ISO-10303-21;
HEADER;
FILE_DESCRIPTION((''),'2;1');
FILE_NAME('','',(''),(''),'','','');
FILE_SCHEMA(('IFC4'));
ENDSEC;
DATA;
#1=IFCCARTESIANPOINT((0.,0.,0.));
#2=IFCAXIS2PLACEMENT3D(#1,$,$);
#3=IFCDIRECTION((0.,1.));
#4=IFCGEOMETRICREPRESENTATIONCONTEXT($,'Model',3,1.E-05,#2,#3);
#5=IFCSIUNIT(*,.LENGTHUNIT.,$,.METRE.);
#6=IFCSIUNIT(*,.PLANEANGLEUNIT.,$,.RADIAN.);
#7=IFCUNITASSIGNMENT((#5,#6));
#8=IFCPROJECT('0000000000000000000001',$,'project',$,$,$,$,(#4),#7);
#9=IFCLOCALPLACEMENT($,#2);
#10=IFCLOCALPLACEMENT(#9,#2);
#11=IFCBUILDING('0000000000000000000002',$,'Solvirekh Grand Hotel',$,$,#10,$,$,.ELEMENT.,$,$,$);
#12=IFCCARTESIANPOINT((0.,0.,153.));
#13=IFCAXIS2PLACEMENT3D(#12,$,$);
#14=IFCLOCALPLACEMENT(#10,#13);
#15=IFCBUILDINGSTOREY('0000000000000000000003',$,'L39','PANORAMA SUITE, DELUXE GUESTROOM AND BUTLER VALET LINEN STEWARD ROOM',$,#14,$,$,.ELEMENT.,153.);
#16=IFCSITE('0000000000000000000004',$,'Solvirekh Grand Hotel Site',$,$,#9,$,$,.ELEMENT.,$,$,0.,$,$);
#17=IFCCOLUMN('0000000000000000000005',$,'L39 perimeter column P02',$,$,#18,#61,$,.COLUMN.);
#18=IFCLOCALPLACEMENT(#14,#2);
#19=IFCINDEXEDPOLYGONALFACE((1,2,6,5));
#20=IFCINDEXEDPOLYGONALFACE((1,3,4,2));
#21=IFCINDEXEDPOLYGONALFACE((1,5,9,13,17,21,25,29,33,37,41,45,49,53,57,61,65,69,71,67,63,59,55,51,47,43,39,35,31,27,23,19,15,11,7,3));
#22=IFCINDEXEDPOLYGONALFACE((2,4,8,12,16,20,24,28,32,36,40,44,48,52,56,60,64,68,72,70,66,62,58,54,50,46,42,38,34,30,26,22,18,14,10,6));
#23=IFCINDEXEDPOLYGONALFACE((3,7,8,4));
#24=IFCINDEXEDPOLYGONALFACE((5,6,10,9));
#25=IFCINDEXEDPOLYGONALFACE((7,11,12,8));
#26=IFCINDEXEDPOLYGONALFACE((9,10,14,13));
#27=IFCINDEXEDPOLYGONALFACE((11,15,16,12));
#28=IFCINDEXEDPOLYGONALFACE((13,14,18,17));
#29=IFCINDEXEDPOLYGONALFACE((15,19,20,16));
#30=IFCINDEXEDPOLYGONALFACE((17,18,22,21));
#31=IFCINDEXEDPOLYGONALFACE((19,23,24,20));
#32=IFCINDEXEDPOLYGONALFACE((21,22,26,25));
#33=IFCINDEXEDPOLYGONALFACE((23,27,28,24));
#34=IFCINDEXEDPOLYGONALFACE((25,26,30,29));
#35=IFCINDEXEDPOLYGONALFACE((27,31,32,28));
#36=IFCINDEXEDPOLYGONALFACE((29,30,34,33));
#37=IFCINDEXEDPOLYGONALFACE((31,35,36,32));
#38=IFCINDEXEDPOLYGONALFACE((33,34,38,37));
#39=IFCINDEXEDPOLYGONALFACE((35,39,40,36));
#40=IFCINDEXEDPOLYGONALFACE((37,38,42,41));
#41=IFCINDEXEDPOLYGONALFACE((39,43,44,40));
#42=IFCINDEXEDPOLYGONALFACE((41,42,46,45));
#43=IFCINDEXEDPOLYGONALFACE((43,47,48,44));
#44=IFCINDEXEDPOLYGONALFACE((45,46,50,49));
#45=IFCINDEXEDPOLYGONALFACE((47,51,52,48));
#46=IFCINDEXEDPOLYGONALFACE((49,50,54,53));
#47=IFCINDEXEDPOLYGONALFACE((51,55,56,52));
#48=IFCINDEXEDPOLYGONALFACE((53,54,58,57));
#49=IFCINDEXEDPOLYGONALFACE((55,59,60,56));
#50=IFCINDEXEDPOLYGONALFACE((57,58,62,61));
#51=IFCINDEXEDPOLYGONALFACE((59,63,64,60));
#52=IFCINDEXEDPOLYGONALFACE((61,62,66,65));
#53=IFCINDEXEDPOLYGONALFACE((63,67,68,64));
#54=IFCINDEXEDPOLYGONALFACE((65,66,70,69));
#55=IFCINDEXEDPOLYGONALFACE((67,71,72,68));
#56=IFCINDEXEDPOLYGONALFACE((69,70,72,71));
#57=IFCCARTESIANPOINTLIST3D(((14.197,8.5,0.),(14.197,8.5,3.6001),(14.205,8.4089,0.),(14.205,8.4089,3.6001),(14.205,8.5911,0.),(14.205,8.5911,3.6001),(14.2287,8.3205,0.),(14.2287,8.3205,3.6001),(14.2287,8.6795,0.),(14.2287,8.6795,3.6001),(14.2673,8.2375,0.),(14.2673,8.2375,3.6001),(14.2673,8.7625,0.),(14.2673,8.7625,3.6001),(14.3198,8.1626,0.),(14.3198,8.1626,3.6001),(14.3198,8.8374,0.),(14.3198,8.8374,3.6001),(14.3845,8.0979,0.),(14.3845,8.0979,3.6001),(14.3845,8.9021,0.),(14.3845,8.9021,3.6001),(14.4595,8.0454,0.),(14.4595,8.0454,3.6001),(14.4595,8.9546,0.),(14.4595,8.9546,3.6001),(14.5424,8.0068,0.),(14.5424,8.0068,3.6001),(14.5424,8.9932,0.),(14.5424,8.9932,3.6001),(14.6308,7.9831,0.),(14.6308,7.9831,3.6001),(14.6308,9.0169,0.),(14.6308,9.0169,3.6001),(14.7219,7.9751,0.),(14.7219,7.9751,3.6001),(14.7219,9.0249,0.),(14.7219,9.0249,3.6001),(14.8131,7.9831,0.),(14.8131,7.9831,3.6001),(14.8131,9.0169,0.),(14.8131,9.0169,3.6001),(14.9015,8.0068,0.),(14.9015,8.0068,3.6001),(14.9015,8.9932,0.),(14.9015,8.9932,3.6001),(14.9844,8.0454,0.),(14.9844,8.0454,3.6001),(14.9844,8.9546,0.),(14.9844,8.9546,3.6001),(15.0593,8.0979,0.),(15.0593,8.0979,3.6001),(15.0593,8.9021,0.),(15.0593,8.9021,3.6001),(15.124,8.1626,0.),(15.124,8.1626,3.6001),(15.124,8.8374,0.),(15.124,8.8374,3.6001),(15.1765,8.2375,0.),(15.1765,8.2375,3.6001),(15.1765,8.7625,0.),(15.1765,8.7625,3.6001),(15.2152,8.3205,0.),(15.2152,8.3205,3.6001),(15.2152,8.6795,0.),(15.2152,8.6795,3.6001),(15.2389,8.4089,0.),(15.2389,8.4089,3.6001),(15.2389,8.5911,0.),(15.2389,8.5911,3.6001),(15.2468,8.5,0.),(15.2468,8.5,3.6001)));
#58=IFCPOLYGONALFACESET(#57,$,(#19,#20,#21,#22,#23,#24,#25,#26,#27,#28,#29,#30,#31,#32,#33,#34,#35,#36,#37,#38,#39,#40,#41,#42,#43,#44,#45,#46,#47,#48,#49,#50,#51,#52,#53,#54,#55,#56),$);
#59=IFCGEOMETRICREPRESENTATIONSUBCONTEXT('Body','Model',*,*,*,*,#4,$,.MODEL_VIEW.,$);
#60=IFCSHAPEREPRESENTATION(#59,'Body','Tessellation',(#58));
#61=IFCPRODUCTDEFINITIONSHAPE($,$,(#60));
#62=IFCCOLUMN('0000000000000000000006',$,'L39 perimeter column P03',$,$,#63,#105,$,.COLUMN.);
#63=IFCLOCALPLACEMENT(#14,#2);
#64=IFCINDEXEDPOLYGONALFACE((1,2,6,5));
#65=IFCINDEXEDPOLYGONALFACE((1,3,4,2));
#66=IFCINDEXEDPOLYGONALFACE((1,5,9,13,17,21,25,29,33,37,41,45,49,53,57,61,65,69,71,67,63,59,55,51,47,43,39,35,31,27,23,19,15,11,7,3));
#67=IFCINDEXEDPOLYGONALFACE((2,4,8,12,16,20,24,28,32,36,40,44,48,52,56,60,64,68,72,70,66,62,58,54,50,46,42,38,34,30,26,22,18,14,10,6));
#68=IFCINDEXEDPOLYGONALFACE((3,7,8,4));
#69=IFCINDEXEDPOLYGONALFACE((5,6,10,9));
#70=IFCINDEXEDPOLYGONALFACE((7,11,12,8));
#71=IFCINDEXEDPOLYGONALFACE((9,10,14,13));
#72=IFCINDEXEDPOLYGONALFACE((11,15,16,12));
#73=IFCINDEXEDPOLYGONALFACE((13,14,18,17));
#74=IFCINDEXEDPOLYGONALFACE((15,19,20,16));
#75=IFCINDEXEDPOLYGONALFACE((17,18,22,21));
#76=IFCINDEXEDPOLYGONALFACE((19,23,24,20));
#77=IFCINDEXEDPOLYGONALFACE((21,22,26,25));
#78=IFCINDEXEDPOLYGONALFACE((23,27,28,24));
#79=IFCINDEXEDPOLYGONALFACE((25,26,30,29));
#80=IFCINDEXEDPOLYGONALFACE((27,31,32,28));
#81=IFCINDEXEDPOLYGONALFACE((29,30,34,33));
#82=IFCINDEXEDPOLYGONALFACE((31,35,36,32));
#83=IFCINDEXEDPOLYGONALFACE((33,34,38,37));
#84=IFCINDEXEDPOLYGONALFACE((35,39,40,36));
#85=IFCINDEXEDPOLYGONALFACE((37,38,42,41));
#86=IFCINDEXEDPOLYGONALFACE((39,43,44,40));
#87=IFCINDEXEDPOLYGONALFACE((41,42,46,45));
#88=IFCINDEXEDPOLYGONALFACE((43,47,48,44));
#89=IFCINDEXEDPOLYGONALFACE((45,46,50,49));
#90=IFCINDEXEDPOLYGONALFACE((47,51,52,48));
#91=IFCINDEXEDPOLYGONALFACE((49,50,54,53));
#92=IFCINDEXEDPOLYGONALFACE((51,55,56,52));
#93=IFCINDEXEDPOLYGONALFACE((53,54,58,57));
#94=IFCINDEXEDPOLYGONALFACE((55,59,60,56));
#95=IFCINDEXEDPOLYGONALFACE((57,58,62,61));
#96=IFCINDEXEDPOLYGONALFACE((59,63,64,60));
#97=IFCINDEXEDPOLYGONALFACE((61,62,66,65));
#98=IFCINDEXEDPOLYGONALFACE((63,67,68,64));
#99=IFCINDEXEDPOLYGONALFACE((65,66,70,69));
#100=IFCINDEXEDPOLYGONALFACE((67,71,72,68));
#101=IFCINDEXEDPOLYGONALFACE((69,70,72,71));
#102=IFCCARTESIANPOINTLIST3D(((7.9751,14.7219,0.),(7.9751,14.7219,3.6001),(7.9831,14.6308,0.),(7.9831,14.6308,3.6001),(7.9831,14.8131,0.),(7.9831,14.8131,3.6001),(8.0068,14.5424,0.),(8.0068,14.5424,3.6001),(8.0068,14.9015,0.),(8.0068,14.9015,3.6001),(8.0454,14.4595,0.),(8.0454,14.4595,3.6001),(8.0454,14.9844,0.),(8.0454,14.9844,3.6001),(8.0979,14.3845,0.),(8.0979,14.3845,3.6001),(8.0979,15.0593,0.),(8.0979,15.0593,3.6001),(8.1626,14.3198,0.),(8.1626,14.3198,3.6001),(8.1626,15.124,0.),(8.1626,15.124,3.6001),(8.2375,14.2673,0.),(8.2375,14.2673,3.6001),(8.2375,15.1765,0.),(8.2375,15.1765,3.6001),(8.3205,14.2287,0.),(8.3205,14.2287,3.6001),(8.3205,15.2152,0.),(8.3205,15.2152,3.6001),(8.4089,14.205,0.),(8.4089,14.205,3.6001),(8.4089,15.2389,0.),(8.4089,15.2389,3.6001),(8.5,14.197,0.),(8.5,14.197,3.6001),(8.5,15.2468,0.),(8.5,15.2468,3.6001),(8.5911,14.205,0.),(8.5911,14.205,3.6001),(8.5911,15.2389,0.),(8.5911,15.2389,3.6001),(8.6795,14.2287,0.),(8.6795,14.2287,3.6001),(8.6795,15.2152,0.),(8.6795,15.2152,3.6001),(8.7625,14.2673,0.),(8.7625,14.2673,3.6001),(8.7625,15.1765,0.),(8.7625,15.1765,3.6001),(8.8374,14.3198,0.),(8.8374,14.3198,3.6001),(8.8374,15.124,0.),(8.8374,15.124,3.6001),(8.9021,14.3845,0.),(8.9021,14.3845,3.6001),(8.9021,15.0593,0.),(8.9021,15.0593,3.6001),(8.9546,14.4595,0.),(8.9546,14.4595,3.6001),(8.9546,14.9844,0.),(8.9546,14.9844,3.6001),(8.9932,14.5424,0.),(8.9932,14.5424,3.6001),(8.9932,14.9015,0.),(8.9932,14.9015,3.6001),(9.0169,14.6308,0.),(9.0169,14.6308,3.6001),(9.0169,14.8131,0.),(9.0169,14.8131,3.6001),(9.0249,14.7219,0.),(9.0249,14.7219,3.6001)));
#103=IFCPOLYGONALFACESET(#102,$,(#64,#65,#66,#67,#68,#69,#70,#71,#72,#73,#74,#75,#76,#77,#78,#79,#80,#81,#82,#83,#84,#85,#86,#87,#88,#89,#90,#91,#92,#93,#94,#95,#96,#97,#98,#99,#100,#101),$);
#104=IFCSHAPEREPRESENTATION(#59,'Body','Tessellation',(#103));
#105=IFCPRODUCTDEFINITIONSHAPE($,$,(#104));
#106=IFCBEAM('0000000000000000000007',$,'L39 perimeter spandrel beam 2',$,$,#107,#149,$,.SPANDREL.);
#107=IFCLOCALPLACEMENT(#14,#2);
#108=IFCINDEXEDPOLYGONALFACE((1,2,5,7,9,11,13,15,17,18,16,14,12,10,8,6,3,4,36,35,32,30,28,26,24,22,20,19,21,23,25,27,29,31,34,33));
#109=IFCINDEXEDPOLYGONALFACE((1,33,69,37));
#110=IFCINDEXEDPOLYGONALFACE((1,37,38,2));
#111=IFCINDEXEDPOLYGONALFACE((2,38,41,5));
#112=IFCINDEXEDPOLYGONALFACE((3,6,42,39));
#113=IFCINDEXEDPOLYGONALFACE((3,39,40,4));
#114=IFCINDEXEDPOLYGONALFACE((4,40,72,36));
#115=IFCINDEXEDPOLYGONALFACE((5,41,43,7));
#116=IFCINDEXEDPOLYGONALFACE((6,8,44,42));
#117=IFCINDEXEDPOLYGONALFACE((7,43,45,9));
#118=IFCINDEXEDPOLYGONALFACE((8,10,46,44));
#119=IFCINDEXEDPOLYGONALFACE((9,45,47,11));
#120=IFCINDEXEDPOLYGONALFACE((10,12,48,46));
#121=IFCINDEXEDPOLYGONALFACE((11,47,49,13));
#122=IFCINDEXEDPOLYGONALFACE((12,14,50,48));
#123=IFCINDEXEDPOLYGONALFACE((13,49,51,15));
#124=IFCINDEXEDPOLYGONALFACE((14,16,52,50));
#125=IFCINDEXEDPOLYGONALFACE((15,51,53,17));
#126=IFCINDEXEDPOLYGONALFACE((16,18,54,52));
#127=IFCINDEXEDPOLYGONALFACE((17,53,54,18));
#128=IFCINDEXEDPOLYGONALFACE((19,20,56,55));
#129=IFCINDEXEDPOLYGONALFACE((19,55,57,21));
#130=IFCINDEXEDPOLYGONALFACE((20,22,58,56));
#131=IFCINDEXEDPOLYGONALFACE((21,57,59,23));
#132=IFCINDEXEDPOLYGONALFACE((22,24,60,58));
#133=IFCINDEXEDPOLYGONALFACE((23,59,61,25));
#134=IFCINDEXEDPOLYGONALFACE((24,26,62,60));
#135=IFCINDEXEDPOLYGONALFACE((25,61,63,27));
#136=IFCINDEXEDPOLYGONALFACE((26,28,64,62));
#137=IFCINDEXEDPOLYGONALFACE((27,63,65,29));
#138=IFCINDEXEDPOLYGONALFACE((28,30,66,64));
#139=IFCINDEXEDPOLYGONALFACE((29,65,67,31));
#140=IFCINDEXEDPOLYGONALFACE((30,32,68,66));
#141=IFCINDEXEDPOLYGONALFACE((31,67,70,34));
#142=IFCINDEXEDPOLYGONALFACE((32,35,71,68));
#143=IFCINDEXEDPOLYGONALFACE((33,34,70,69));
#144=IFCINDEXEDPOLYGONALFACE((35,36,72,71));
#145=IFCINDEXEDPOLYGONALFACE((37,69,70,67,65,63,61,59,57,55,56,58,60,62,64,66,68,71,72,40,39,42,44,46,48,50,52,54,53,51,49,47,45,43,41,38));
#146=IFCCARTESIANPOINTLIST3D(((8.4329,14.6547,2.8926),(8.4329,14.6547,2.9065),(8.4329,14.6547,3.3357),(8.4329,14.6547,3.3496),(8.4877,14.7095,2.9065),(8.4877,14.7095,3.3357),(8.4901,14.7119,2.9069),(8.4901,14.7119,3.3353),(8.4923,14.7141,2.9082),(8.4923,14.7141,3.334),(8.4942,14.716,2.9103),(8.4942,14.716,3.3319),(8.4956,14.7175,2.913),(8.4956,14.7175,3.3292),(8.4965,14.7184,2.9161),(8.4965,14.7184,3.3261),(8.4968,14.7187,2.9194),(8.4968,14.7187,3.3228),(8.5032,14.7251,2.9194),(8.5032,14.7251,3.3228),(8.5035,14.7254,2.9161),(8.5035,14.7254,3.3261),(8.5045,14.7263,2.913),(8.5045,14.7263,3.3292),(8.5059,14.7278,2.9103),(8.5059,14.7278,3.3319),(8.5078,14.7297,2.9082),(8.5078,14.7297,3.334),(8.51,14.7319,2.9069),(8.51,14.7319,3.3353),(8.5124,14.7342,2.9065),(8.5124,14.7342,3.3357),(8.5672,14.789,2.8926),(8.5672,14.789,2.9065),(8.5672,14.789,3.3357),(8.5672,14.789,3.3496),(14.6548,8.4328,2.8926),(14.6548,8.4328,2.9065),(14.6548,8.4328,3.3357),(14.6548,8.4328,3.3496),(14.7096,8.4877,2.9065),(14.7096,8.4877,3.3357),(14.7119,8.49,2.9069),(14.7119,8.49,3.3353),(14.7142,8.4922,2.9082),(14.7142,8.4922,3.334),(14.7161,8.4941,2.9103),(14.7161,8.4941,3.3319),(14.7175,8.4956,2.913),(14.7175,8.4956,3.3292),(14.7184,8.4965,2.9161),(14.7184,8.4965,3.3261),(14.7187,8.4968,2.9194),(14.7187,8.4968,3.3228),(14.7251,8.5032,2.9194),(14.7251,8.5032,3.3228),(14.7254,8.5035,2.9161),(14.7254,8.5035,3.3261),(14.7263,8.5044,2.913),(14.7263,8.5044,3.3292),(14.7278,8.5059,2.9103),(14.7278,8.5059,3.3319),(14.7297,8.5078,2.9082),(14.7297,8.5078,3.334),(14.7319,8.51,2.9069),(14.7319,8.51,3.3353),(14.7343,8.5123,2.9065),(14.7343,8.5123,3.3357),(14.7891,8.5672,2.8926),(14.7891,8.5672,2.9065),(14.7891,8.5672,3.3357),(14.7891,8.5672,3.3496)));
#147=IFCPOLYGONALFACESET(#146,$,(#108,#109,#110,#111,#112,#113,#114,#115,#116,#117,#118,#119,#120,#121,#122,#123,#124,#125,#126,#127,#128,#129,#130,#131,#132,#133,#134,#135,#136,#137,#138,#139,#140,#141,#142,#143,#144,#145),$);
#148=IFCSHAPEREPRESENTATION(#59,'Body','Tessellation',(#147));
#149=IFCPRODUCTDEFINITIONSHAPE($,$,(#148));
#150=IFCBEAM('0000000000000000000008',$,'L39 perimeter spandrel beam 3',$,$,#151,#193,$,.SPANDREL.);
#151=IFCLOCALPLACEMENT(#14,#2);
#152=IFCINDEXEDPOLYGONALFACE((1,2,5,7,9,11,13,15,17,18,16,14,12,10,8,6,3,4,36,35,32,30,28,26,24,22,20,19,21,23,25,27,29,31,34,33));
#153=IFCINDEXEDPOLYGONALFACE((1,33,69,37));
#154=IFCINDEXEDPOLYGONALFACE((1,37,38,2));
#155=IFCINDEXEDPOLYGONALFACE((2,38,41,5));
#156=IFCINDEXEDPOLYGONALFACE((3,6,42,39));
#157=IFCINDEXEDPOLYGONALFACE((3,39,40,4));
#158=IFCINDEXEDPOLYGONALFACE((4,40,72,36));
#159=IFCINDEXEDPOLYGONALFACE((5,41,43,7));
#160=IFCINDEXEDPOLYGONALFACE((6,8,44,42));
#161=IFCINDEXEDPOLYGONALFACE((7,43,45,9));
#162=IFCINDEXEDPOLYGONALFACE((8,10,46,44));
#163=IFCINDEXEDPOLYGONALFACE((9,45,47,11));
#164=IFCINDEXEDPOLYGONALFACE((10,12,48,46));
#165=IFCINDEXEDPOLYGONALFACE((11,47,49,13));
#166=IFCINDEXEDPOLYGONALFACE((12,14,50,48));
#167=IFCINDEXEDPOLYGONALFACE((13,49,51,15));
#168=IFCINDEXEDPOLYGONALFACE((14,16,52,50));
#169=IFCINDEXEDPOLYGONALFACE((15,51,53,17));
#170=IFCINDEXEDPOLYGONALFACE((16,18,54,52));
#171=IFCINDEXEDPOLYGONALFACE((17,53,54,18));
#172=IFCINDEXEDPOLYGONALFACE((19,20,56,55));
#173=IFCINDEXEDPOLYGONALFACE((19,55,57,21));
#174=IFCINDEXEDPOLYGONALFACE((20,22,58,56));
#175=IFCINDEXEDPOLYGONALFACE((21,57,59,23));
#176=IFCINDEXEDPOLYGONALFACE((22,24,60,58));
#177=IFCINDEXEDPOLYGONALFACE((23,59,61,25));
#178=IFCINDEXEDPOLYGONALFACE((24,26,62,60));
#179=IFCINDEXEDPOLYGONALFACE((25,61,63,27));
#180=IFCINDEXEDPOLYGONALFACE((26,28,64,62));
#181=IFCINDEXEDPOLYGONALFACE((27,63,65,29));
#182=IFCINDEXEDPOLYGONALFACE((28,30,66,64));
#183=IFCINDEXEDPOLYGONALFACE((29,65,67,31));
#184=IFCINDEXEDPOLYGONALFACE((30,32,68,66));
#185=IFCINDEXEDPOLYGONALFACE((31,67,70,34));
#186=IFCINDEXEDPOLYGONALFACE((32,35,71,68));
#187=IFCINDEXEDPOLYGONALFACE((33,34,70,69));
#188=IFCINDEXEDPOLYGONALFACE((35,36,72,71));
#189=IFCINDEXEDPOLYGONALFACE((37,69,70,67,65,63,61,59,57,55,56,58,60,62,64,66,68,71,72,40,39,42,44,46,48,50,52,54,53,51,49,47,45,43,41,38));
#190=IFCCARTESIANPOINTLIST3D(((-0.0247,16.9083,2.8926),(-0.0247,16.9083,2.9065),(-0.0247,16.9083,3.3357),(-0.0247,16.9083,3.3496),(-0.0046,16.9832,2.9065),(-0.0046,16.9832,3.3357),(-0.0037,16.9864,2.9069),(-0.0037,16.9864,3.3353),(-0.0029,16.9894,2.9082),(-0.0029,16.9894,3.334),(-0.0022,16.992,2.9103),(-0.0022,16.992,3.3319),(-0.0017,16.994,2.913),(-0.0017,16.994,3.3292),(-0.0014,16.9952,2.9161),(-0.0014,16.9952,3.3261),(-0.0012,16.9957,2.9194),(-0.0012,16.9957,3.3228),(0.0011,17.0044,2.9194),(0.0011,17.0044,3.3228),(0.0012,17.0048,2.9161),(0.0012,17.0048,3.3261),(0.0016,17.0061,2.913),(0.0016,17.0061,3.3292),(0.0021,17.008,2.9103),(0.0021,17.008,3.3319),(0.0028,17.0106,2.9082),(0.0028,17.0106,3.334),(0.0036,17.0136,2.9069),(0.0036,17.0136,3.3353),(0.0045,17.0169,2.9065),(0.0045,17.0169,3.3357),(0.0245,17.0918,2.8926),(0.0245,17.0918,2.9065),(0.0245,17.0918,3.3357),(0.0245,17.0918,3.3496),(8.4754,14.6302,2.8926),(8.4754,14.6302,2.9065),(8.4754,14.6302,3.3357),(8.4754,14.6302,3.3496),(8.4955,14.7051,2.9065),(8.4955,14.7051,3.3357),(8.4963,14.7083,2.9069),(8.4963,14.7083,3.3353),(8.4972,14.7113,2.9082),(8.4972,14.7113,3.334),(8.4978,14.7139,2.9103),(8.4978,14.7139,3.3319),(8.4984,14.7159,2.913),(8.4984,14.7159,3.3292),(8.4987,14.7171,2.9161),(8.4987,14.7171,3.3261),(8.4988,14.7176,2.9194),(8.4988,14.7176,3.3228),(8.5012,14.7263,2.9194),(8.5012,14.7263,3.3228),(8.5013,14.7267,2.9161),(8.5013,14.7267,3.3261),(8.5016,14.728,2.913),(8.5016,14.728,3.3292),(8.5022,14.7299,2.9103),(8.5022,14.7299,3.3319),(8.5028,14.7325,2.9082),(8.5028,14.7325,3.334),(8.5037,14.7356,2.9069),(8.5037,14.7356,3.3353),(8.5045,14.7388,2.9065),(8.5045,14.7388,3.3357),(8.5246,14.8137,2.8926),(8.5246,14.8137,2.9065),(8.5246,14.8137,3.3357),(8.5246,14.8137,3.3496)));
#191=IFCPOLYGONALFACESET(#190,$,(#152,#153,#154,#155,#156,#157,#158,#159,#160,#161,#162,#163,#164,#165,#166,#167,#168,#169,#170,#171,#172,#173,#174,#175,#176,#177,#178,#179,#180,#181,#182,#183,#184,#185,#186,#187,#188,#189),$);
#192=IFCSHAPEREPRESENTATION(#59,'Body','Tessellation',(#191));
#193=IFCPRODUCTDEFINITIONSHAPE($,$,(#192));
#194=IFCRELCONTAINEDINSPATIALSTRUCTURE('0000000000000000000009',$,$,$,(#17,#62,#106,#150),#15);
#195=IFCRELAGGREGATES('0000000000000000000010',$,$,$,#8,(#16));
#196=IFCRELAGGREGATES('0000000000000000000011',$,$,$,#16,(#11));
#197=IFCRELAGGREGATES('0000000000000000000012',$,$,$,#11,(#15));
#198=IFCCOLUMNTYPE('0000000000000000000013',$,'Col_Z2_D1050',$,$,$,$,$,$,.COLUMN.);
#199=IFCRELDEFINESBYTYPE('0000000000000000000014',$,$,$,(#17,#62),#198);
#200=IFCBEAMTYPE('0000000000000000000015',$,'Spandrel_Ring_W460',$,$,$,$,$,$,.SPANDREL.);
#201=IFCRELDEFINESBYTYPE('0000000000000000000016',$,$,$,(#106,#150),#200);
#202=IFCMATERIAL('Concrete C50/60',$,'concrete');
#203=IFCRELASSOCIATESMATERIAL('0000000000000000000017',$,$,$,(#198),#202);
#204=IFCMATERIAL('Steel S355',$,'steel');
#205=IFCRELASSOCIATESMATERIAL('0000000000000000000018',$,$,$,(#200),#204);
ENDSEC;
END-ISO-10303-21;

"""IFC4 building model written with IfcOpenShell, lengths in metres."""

from ifc_helpers import new_model, si_unit, direction, frame, origin, origin_2d, place, context, subcontext, project, spatial, circle, i_section, extrude, material, material_profile, profile_set, type_object, element, save


model = new_model("IFC4")

# Units and contexts
model_context = context("Model", 3, precision=1e-05, world=origin(), true_north=direction((0.0, 1.0)))
body_context = subcontext(model_context, "Body", "Model", "MODEL_VIEW")
ifc_project = project(units=[si_unit("LENGTHUNIT", "METRE"), si_unit("PLANEANGLEUNIT", "RADIAN")], contexts=[model_context])

# Site, building, storey
site_placement = place(None, origin())
site = spatial("IfcSite", under=ifc_project, at=site_placement, Name="Solvirekh Grand Hotel Site", CompositionType="ELEMENT", RefElevation=0.0)
building_placement = place(site_placement, origin())
building = spatial("IfcBuilding", under=site, at=building_placement, Name="Solvirekh Grand Hotel", CompositionType="ELEMENT")
storey_placement = place(building_placement, frame((0.0, 0.0, 153.0)))
storey = spatial("IfcBuildingStorey", under=building, at=storey_placement, Name="L39", Description="PANORAMA SUITE, DELUXE GUESTROOM AND BUTLER VALET LINEN STEWARD ROOM", CompositionType="ELEMENT", Elevation=153.0)

# Columns
ifc_material_1 = material(Name="Concrete C50/60", Category="concrete")
ifc_material_profile_1 = material_profile(ifc_material_1, circle(Radius=0.5249, at=origin_2d()), Name="RC CIRC D1050")
ifc_profile_set_1 = profile_set([ifc_material_profile_1], Name="Concrete C50/60")
column_type = type_object("IfcColumnType", Name="Col_Z2_D1050", PredefinedType="COLUMN", material=ifc_profile_set_1)
for number, where, z_axis, x_axis, name in (
    (1, (14.7219, 8.5, 0.0), (0.0, 0.0, 1.0), (1.0, 0.0, 0.0), "L39 perimeter column P02"),
    (2, (8.5, 14.7219, 0.0), (0.0, 0.0, 1.0), (1.0, 0.0, 0.0), "L39 perimeter column P03"),
):
    element("IfcColumn", number, at=place(storey_placement, frame(where, z_axis=z_axis, x_axis=x_axis)), inside=storey, type_object=column_type, Name=name, PredefinedType="COLUMN", context=body_context, shape_type="SweptSolid", body=[
        extrude(circle(Radius=0.5249, at=origin_2d()), origin(), (0.0, 0.0, 1.0), 3.6001),
    ])

# Beams
ifc_material_2 = material(Name="Steel S355", Category="steel")
ifc_material_profile_2 = material_profile(ifc_material_2, i_section(OverallWidth=0.1899, OverallDepth=0.457, WebThickness=0.009, FlangeThickness=0.0139, FilletRadius=0.0129, at=origin_2d()), Name="W460X74")
ifc_profile_set_2 = profile_set([ifc_material_profile_2], Name="Steel S355")
beam_type = type_object("IfcBeamType", Name="Spandrel_Ring_W460", PredefinedType="SPANDREL", material=ifc_profile_set_2)
beam_1_placement = place(storey_placement, frame((14.7219, 8.5, 3.1211), z_axis=(-0.707107, 0.707107, 0.0), x_axis=(-0.707107, -0.707107, 0.0)))
element("IfcBeam", 3, at=beam_1_placement, inside=storey, type_object=beam_type, Name="L39 perimeter spandrel beam 2", PredefinedType="SPANDREL", context=body_context, shape_type="SweptSolid", body=[
    extrude(i_section(OverallWidth=0.1899, OverallDepth=0.457, WebThickness=0.009, FlangeThickness=0.0139, FilletRadius=0.0129, at=origin_2d()), origin(), (0.0, 0.0, 1.0), 8.7991),
])
beam_2_placement = place(storey_placement, frame((8.5, 14.7219, 3.1211), z_axis=(-0.965911, 0.258873, 0.0), x_axis=(-0.258873, -0.965911, 0.0)))
element("IfcBeam", 4, at=beam_2_placement, inside=storey, type_object=beam_type, Name="L39 perimeter spandrel beam 3", PredefinedType="SPANDREL", context=body_context, shape_type="SweptSolid", body=[
    extrude(i_section(OverallWidth=0.1899, OverallDepth=0.457, WebThickness=0.009, FlangeThickness=0.0139, FilletRadius=0.0129, at=origin_2d()), origin(), (0.0, 0.0, 1.0), 8.8),
])

save(model, "model.ifc")
